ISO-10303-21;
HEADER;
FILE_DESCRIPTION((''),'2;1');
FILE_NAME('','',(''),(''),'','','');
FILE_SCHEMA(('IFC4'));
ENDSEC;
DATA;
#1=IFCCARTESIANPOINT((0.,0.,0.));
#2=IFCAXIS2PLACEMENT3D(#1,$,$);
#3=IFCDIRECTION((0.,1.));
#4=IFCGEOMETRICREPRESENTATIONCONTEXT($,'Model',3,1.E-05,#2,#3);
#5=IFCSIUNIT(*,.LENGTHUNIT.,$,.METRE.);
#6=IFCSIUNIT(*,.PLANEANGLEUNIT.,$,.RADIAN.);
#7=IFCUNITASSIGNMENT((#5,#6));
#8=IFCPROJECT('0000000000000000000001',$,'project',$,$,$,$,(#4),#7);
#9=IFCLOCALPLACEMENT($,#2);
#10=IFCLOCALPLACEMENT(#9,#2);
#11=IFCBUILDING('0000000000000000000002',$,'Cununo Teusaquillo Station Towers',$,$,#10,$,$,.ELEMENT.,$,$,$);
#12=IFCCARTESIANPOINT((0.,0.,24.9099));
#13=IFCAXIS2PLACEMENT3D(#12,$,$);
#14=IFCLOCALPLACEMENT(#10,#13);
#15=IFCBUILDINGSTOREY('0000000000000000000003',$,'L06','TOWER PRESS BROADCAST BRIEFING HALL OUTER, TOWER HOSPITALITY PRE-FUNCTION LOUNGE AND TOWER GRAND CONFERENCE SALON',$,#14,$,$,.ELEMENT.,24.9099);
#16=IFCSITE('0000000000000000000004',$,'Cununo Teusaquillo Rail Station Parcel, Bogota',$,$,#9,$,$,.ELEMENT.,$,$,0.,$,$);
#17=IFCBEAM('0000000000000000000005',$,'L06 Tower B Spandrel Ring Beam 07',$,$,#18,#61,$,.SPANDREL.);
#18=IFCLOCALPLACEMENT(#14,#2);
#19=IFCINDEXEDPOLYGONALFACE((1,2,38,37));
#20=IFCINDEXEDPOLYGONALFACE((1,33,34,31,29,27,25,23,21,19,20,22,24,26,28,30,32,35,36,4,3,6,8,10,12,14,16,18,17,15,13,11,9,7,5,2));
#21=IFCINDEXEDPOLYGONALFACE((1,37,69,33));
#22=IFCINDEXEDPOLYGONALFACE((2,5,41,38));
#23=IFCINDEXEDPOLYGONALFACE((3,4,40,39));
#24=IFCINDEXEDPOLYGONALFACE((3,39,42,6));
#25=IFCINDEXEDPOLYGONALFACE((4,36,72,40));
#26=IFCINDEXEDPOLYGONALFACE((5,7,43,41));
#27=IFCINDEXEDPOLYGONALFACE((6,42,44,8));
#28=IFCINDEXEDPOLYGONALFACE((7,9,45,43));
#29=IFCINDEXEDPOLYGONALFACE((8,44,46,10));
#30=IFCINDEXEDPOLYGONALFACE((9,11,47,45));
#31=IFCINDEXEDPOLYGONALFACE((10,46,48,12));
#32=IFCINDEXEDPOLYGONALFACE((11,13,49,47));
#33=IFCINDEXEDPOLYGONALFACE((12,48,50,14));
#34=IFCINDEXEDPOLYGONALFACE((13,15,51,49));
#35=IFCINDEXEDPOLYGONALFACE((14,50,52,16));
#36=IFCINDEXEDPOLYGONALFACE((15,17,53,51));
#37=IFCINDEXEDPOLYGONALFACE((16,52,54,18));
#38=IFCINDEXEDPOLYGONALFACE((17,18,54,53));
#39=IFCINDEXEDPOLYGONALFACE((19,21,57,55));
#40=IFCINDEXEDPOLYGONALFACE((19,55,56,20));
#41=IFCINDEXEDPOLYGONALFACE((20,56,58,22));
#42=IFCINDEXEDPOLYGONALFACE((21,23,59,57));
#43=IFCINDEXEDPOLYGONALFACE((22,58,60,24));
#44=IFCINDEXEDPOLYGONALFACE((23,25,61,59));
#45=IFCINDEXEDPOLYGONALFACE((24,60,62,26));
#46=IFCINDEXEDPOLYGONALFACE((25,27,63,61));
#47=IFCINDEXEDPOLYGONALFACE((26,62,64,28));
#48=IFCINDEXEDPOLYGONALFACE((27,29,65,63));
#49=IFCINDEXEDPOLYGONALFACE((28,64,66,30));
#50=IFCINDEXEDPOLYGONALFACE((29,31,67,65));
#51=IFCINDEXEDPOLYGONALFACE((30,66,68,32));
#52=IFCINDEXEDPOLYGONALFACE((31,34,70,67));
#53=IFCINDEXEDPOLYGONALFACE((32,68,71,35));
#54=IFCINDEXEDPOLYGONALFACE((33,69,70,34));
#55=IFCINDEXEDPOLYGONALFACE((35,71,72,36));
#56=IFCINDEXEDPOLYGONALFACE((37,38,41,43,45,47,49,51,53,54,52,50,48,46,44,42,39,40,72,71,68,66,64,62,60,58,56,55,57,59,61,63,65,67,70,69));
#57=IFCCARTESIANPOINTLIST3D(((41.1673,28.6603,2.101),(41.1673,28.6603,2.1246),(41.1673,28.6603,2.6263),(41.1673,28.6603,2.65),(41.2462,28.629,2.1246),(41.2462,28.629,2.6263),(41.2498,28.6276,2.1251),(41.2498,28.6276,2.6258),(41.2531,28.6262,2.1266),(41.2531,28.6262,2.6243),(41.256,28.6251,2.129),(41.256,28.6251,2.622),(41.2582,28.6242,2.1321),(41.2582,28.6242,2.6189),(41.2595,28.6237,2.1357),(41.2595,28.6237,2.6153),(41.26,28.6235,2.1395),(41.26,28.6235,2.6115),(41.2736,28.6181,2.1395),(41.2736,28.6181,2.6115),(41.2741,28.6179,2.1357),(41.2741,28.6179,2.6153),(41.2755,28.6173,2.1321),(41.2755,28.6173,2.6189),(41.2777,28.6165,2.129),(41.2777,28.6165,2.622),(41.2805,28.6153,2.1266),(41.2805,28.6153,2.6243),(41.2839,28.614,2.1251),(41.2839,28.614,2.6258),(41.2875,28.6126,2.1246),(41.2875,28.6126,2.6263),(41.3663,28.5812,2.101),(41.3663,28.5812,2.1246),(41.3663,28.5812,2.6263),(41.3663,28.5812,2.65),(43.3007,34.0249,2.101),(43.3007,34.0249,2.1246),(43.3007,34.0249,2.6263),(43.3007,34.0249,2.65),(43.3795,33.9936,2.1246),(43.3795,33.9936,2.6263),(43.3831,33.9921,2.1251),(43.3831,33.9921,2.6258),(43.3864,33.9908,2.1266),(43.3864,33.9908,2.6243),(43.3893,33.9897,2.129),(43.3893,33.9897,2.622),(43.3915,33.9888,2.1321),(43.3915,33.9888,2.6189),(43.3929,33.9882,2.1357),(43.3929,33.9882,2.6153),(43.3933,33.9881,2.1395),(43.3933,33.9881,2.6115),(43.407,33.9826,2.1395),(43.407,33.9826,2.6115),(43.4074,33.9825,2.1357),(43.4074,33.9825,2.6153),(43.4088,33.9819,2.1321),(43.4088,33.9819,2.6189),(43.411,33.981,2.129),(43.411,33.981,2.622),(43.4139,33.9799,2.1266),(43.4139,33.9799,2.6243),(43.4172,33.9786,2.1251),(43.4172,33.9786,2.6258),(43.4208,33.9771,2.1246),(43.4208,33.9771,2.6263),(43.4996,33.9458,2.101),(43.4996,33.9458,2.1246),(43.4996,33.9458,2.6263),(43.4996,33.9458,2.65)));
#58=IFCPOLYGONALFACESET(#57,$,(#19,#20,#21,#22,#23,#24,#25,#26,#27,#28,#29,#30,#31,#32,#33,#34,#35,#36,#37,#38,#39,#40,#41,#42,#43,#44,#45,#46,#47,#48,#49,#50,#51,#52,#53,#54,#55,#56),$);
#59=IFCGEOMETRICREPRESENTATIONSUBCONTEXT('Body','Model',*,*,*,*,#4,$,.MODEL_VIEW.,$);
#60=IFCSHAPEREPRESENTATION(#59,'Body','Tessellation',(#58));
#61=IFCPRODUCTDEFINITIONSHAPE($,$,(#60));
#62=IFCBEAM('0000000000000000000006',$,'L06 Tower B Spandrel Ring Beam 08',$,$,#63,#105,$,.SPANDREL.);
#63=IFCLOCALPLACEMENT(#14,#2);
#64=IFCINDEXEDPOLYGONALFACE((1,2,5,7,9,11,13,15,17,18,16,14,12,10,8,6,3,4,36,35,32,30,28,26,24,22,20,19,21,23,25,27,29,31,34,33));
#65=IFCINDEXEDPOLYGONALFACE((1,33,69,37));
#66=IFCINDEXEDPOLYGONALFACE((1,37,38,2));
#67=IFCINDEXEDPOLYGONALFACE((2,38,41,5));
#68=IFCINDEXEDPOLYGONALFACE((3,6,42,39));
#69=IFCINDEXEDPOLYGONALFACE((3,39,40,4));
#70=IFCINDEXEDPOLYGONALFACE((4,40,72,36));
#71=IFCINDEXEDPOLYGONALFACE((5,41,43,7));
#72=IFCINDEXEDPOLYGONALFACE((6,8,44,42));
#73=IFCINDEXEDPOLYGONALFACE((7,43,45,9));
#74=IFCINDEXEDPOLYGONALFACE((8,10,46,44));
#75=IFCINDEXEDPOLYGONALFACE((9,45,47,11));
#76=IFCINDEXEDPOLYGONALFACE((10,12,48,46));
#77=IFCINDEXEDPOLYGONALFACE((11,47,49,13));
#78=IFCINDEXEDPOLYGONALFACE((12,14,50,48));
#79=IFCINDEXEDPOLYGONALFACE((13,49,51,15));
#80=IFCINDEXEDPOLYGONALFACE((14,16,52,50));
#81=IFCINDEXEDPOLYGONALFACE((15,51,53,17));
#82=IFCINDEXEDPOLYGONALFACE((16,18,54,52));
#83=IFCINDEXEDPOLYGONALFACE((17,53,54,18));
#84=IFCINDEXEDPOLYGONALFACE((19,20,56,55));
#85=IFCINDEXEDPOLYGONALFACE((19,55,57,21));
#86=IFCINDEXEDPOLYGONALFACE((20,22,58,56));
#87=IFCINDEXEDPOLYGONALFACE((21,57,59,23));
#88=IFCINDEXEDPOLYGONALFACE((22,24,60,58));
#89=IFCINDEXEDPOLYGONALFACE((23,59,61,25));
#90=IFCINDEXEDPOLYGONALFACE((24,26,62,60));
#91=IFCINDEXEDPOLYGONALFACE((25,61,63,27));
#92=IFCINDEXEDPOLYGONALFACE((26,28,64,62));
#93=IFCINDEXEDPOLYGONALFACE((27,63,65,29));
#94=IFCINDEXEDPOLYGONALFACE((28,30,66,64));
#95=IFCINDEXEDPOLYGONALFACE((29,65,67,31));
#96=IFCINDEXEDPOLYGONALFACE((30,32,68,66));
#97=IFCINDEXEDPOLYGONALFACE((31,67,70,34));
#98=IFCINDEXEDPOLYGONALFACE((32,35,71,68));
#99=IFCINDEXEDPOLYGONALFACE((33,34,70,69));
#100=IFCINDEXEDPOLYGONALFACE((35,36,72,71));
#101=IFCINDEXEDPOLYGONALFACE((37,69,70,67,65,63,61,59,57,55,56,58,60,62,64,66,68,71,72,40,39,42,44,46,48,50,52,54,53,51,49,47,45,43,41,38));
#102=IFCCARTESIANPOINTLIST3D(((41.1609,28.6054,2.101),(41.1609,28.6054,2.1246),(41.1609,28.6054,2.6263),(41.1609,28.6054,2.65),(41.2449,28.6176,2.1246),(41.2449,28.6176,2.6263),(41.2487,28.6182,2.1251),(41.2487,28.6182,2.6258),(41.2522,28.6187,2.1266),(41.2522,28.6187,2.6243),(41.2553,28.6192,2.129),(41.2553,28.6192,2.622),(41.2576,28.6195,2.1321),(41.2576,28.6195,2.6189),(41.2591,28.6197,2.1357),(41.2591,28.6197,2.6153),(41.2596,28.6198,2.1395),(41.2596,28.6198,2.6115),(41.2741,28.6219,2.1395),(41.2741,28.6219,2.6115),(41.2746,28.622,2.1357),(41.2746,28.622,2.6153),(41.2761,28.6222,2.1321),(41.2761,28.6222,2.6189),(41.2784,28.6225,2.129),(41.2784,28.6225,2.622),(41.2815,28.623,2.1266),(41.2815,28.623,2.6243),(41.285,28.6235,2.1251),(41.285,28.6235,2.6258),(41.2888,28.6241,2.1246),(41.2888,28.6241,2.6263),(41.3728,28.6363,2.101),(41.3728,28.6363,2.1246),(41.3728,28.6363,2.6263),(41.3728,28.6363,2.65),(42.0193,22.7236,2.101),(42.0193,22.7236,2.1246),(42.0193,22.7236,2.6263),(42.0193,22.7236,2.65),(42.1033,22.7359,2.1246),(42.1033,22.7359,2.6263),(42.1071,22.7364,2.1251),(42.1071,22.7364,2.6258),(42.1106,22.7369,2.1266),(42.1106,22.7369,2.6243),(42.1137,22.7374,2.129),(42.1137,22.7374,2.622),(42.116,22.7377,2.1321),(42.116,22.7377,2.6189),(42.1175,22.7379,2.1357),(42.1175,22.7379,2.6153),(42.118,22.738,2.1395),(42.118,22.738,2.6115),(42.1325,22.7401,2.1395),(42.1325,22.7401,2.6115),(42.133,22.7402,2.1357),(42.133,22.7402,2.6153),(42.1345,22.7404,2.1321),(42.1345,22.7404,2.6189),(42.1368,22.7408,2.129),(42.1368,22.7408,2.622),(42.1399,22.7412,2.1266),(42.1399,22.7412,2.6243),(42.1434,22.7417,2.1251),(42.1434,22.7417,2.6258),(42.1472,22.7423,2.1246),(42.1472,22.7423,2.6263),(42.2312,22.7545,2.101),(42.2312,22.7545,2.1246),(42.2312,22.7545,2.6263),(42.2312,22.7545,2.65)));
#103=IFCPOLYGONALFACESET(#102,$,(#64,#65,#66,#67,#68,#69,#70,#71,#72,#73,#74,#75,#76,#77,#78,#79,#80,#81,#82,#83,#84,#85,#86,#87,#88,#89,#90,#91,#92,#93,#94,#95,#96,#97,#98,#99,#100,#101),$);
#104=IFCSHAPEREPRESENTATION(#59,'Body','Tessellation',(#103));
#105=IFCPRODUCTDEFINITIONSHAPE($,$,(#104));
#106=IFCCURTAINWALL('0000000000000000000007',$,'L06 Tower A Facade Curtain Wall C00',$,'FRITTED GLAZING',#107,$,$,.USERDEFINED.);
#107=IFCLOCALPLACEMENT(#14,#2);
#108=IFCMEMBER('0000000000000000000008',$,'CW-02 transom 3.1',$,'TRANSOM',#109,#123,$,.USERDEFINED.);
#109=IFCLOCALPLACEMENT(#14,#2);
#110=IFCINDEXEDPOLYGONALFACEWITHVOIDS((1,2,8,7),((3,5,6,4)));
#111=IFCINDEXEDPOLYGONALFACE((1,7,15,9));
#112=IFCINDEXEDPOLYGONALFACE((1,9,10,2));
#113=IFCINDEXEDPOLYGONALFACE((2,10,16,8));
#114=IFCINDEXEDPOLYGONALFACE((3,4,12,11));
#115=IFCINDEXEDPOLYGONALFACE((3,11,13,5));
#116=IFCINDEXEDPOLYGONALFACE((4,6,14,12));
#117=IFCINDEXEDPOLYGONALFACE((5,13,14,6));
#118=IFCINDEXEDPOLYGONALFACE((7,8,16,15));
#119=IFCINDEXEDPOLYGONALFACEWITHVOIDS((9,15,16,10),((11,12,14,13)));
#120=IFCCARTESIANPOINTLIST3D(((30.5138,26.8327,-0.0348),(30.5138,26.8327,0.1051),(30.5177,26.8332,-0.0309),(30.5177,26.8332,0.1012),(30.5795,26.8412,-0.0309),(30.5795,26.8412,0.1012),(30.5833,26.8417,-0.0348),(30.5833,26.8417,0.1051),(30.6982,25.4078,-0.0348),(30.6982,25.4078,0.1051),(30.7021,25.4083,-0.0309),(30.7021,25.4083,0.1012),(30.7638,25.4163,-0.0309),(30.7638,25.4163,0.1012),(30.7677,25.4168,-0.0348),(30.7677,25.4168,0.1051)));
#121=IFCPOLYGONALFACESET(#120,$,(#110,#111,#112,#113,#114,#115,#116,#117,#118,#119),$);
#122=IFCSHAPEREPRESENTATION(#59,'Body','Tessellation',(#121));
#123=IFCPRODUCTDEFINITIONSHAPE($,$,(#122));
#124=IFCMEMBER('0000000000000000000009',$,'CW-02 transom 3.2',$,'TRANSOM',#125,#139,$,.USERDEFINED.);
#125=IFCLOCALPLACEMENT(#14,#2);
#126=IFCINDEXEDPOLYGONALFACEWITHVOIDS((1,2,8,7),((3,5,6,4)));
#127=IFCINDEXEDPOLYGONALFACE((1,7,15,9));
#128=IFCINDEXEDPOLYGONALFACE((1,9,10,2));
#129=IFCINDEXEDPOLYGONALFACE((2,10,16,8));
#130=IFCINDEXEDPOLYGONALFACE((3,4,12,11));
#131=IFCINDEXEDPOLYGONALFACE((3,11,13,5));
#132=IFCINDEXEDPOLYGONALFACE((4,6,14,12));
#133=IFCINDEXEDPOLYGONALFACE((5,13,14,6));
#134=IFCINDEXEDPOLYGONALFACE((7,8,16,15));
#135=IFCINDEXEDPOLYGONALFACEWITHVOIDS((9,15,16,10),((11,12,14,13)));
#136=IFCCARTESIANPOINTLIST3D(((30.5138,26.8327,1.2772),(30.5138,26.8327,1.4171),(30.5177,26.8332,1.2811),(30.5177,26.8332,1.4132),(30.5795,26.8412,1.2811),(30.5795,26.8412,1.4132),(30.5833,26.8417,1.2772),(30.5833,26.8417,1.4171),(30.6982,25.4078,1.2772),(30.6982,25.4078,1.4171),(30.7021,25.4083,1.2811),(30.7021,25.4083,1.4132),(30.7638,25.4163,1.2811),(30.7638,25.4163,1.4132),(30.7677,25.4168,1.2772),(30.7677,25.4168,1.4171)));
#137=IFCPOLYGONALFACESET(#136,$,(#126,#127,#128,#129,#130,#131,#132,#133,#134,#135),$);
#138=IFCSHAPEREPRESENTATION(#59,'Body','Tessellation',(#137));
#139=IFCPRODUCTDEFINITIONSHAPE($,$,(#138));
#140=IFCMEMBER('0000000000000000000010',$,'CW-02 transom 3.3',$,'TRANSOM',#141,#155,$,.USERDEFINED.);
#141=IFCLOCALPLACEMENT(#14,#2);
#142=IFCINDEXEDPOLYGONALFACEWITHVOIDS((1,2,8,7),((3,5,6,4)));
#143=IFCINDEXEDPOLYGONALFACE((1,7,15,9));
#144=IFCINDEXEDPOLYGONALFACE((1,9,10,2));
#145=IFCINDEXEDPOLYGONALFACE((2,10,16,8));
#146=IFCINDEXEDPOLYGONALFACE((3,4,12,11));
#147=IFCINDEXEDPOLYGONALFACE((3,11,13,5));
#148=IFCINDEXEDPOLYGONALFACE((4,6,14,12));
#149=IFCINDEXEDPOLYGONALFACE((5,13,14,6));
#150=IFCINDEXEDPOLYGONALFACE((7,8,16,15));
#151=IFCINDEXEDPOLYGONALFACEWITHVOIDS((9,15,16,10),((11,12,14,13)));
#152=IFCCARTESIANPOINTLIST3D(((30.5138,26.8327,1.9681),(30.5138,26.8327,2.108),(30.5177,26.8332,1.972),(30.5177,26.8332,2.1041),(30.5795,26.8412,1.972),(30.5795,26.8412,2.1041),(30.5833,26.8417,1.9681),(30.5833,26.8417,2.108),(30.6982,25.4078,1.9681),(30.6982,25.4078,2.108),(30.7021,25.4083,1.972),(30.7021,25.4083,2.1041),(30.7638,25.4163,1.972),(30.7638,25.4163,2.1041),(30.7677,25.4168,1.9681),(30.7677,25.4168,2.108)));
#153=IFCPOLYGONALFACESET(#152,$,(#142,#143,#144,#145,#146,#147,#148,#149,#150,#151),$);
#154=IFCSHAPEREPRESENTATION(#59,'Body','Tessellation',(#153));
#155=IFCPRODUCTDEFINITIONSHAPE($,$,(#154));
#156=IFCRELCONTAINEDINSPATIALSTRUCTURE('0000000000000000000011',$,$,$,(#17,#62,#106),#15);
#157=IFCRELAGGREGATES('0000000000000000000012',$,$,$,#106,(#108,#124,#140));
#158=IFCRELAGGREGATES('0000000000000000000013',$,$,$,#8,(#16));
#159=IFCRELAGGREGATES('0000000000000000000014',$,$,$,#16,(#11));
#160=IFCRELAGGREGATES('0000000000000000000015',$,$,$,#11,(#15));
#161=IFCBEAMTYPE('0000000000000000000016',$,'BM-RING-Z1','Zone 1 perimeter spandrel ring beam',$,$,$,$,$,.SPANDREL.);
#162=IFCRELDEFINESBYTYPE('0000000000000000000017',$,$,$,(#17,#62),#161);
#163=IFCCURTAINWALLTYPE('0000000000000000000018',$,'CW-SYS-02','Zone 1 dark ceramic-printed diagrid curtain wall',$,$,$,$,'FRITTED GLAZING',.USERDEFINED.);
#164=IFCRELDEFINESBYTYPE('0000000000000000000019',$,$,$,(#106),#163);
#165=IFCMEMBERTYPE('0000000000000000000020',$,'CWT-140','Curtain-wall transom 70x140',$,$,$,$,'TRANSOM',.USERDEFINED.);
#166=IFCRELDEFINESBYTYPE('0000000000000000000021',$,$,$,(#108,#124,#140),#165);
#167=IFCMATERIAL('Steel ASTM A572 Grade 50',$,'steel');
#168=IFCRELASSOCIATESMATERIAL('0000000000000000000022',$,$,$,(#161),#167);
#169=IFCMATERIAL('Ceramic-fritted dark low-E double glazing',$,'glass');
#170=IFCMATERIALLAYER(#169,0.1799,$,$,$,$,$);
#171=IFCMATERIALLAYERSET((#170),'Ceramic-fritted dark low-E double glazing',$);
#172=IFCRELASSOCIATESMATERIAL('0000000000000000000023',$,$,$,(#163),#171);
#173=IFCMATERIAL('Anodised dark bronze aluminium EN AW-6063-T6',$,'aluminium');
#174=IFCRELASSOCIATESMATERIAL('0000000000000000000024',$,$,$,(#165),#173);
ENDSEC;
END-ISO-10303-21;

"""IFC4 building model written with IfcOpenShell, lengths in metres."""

from ifc_helpers import new_model, si_unit, direction, frame, origin, origin_2d, place, context, subcontext, project, spatial, hollow_rectangle, i_section, extrude, material, layer, layer_set, material_profile, profile_set, type_object, element, aggregate, save


model = new_model("IFC4")

# Units and contexts
model_context = context("Model", 3, precision=1e-05, world=origin(), true_north=direction((0.0, 1.0)))
body_context = subcontext(model_context, "Body", "Model", "MODEL_VIEW")
ifc_project = project(units=[si_unit("LENGTHUNIT", "METRE"), si_unit("PLANEANGLEUNIT", "RADIAN")], contexts=[model_context])

# Site, building, storey
site_placement = place(None, origin())
site = spatial("IfcSite", under=ifc_project, at=site_placement, Name="Cununo Teusaquillo Rail Station Parcel, Bogota", CompositionType="ELEMENT", RefElevation=0.0)
building_placement = place(site_placement, origin())
building = spatial("IfcBuilding", under=site, at=building_placement, Name="Cununo Teusaquillo Station Towers", CompositionType="ELEMENT")
storey_placement = place(building_placement, frame((0.0, 0.0, 24.9099)))
storey = spatial("IfcBuildingStorey", under=building, at=storey_placement, Name="L06", Description="TOWER PRESS BROADCAST BRIEFING HALL OUTER, TOWER HOSPITALITY PRE-FUNCTION LOUNGE AND TOWER GRAND CONFERENCE SALON", CompositionType="ELEMENT", Elevation=24.9099)

# Beams
ifc_material_1 = material(Name="Steel ASTM A572 Grade 50", Category="steel")
ifc_material_profile_1 = material_profile(ifc_material_1, i_section(OverallWidth=0.2141, OverallDepth=0.5491, WebThickness=0.0146, FlangeThickness=0.0237, FilletRadius=0.0149, at=origin_2d()), Name="W21X93")
ifc_profile_set_1 = profile_set([ifc_material_profile_1], Name="Steel ASTM A572 Grade 50")
beam_type_1 = type_object("IfcBeamType", Name="BM-RING-Z1", Description="Zone 1 perimeter spandrel ring beam", PredefinedType="SPANDREL", material=ifc_profile_set_1)
beam_1_placement = place(storey_placement, frame((43.4001, 33.9854, 2.3755), z_axis=(-0.369523, -0.929221, 0.0), x_axis=(0.929221, -0.369523, 0.0)))
element("IfcBeam", 1, at=beam_1_placement, inside=storey, type_object=beam_type_1, Name="L06 Tower B Spandrel Ring Beam 07", PredefinedType="SPANDREL", context=body_context, shape_type="SweptSolid", body=[
    extrude(i_section(OverallWidth=0.2141, OverallDepth=0.5491, WebThickness=0.0146, FlangeThickness=0.0237, FilletRadius=0.0149, at=origin_2d()), origin(), (0.0, 0.0, 1.0), 5.7732),
])
beam_2_placement = place(storey_placement, frame((41.2668, 28.6208, 2.3755), z_axis=(0.144411, -0.989518, 0.0), x_axis=(0.989518, 0.144411, 0.0)))
element("IfcBeam", 2, at=beam_2_placement, inside=storey, type_object=beam_type_1, Name="L06 Tower B Spandrel Ring Beam 08", PredefinedType="SPANDREL", context=body_context, shape_type="SweptSolid", body=[
    extrude(i_section(OverallWidth=0.2141, OverallDepth=0.5491, WebThickness=0.0146, FlangeThickness=0.0237, FilletRadius=0.0149, at=origin_2d()), origin(), (0.0, 0.0, 1.0), 5.9441),
])

# Curtain wall, members
ifc_material_2 = material(Name="Ceramic-fritted dark low-E double glazing", Category="glass")
ifc_layer_1 = layer(ifc_material_2, 0.1799)
ifc_layer_set_1 = layer_set([ifc_layer_1], Name="Ceramic-fritted dark low-E double glazing")
curtain_wall_type = type_object("IfcCurtainWallType", Name="CW-SYS-02", Description="Zone 1 dark ceramic-printed diagrid curtain wall", ElementType="FRITTED GLAZING", PredefinedType="USERDEFINED", material=ifc_layer_set_1)
curtain_wall_placement = place(storey_placement, origin())
curtain_wall = element("IfcCurtainWall", 3, at=curtain_wall_placement, inside=storey, type_object=curtain_wall_type, Name="L06 Tower A Facade Curtain Wall C00", ObjectType="FRITTED GLAZING", PredefinedType="USERDEFINED")
ifc_material_3 = material(Name="Anodised dark bronze aluminium EN AW-6063-T6", Category="aluminium")
ifc_material_profile_2 = material_profile(ifc_material_3, hollow_rectangle(XDim=0.0701, YDim=0.1399, WallThickness=0.0039, at=origin_2d()), Name="CW-TRAN-70x140")
ifc_profile_set_2 = profile_set([ifc_material_profile_2], Name="Anodised dark bronze aluminium EN AW-6063-T6")
member_type_1 = type_object("IfcMemberType", Name="CWT-140", Description="Curtain-wall transom 70x140", ElementType="TRANSOM", PredefinedType="USERDEFINED", material=ifc_profile_set_2)
member_1_placement = place(storey_placement, frame((30.5486, 26.8372, 0.0352), z_axis=(0.1283, -0.991735, 0.0), x_axis=(0.991735, 0.1283, 0.0)))
member_1 = element("IfcMember", 4, at=member_1_placement, type_object=member_type_1, Name="CW-02 transom 3.1", ObjectType="TRANSOM", PredefinedType="USERDEFINED", context=body_context, shape_type="SweptSolid", body=[
    extrude(hollow_rectangle(XDim=0.0701, YDim=0.1399, WallThickness=0.0039, at=origin_2d()), origin(), (0.0, 0.0, 1.0), 1.4368),
])
member_2_placement = place(storey_placement, frame((30.5486, 26.8372, 1.3472), z_axis=(0.1283, -0.991735, 0.0), x_axis=(0.991735, 0.1283, 0.0)))
member_2 = element("IfcMember", 5, at=member_2_placement, type_object=member_type_1, Name="CW-02 transom 3.2", ObjectType="TRANSOM", PredefinedType="USERDEFINED", context=body_context, shape_type="SweptSolid", body=[
    extrude(hollow_rectangle(XDim=0.0701, YDim=0.1399, WallThickness=0.0039, at=origin_2d()), origin(), (0.0, 0.0, 1.0), 1.4368),
])
member_3_placement = place(storey_placement, frame((30.5486, 26.8372, 2.0381), z_axis=(0.1283, -0.991735, 0.0), x_axis=(0.991735, 0.1283, 0.0)))
member_3 = element("IfcMember", 6, at=member_3_placement, type_object=member_type_1, Name="CW-02 transom 3.3", ObjectType="TRANSOM", PredefinedType="USERDEFINED", context=body_context, shape_type="SweptSolid", body=[
    extrude(hollow_rectangle(XDim=0.0701, YDim=0.1399, WallThickness=0.0039, at=origin_2d()), origin(), (0.0, 0.0, 1.0), 1.4368),
])

aggregate(curtain_wall, [member_1, member_2, member_3])

save(model, "model.ifc")
